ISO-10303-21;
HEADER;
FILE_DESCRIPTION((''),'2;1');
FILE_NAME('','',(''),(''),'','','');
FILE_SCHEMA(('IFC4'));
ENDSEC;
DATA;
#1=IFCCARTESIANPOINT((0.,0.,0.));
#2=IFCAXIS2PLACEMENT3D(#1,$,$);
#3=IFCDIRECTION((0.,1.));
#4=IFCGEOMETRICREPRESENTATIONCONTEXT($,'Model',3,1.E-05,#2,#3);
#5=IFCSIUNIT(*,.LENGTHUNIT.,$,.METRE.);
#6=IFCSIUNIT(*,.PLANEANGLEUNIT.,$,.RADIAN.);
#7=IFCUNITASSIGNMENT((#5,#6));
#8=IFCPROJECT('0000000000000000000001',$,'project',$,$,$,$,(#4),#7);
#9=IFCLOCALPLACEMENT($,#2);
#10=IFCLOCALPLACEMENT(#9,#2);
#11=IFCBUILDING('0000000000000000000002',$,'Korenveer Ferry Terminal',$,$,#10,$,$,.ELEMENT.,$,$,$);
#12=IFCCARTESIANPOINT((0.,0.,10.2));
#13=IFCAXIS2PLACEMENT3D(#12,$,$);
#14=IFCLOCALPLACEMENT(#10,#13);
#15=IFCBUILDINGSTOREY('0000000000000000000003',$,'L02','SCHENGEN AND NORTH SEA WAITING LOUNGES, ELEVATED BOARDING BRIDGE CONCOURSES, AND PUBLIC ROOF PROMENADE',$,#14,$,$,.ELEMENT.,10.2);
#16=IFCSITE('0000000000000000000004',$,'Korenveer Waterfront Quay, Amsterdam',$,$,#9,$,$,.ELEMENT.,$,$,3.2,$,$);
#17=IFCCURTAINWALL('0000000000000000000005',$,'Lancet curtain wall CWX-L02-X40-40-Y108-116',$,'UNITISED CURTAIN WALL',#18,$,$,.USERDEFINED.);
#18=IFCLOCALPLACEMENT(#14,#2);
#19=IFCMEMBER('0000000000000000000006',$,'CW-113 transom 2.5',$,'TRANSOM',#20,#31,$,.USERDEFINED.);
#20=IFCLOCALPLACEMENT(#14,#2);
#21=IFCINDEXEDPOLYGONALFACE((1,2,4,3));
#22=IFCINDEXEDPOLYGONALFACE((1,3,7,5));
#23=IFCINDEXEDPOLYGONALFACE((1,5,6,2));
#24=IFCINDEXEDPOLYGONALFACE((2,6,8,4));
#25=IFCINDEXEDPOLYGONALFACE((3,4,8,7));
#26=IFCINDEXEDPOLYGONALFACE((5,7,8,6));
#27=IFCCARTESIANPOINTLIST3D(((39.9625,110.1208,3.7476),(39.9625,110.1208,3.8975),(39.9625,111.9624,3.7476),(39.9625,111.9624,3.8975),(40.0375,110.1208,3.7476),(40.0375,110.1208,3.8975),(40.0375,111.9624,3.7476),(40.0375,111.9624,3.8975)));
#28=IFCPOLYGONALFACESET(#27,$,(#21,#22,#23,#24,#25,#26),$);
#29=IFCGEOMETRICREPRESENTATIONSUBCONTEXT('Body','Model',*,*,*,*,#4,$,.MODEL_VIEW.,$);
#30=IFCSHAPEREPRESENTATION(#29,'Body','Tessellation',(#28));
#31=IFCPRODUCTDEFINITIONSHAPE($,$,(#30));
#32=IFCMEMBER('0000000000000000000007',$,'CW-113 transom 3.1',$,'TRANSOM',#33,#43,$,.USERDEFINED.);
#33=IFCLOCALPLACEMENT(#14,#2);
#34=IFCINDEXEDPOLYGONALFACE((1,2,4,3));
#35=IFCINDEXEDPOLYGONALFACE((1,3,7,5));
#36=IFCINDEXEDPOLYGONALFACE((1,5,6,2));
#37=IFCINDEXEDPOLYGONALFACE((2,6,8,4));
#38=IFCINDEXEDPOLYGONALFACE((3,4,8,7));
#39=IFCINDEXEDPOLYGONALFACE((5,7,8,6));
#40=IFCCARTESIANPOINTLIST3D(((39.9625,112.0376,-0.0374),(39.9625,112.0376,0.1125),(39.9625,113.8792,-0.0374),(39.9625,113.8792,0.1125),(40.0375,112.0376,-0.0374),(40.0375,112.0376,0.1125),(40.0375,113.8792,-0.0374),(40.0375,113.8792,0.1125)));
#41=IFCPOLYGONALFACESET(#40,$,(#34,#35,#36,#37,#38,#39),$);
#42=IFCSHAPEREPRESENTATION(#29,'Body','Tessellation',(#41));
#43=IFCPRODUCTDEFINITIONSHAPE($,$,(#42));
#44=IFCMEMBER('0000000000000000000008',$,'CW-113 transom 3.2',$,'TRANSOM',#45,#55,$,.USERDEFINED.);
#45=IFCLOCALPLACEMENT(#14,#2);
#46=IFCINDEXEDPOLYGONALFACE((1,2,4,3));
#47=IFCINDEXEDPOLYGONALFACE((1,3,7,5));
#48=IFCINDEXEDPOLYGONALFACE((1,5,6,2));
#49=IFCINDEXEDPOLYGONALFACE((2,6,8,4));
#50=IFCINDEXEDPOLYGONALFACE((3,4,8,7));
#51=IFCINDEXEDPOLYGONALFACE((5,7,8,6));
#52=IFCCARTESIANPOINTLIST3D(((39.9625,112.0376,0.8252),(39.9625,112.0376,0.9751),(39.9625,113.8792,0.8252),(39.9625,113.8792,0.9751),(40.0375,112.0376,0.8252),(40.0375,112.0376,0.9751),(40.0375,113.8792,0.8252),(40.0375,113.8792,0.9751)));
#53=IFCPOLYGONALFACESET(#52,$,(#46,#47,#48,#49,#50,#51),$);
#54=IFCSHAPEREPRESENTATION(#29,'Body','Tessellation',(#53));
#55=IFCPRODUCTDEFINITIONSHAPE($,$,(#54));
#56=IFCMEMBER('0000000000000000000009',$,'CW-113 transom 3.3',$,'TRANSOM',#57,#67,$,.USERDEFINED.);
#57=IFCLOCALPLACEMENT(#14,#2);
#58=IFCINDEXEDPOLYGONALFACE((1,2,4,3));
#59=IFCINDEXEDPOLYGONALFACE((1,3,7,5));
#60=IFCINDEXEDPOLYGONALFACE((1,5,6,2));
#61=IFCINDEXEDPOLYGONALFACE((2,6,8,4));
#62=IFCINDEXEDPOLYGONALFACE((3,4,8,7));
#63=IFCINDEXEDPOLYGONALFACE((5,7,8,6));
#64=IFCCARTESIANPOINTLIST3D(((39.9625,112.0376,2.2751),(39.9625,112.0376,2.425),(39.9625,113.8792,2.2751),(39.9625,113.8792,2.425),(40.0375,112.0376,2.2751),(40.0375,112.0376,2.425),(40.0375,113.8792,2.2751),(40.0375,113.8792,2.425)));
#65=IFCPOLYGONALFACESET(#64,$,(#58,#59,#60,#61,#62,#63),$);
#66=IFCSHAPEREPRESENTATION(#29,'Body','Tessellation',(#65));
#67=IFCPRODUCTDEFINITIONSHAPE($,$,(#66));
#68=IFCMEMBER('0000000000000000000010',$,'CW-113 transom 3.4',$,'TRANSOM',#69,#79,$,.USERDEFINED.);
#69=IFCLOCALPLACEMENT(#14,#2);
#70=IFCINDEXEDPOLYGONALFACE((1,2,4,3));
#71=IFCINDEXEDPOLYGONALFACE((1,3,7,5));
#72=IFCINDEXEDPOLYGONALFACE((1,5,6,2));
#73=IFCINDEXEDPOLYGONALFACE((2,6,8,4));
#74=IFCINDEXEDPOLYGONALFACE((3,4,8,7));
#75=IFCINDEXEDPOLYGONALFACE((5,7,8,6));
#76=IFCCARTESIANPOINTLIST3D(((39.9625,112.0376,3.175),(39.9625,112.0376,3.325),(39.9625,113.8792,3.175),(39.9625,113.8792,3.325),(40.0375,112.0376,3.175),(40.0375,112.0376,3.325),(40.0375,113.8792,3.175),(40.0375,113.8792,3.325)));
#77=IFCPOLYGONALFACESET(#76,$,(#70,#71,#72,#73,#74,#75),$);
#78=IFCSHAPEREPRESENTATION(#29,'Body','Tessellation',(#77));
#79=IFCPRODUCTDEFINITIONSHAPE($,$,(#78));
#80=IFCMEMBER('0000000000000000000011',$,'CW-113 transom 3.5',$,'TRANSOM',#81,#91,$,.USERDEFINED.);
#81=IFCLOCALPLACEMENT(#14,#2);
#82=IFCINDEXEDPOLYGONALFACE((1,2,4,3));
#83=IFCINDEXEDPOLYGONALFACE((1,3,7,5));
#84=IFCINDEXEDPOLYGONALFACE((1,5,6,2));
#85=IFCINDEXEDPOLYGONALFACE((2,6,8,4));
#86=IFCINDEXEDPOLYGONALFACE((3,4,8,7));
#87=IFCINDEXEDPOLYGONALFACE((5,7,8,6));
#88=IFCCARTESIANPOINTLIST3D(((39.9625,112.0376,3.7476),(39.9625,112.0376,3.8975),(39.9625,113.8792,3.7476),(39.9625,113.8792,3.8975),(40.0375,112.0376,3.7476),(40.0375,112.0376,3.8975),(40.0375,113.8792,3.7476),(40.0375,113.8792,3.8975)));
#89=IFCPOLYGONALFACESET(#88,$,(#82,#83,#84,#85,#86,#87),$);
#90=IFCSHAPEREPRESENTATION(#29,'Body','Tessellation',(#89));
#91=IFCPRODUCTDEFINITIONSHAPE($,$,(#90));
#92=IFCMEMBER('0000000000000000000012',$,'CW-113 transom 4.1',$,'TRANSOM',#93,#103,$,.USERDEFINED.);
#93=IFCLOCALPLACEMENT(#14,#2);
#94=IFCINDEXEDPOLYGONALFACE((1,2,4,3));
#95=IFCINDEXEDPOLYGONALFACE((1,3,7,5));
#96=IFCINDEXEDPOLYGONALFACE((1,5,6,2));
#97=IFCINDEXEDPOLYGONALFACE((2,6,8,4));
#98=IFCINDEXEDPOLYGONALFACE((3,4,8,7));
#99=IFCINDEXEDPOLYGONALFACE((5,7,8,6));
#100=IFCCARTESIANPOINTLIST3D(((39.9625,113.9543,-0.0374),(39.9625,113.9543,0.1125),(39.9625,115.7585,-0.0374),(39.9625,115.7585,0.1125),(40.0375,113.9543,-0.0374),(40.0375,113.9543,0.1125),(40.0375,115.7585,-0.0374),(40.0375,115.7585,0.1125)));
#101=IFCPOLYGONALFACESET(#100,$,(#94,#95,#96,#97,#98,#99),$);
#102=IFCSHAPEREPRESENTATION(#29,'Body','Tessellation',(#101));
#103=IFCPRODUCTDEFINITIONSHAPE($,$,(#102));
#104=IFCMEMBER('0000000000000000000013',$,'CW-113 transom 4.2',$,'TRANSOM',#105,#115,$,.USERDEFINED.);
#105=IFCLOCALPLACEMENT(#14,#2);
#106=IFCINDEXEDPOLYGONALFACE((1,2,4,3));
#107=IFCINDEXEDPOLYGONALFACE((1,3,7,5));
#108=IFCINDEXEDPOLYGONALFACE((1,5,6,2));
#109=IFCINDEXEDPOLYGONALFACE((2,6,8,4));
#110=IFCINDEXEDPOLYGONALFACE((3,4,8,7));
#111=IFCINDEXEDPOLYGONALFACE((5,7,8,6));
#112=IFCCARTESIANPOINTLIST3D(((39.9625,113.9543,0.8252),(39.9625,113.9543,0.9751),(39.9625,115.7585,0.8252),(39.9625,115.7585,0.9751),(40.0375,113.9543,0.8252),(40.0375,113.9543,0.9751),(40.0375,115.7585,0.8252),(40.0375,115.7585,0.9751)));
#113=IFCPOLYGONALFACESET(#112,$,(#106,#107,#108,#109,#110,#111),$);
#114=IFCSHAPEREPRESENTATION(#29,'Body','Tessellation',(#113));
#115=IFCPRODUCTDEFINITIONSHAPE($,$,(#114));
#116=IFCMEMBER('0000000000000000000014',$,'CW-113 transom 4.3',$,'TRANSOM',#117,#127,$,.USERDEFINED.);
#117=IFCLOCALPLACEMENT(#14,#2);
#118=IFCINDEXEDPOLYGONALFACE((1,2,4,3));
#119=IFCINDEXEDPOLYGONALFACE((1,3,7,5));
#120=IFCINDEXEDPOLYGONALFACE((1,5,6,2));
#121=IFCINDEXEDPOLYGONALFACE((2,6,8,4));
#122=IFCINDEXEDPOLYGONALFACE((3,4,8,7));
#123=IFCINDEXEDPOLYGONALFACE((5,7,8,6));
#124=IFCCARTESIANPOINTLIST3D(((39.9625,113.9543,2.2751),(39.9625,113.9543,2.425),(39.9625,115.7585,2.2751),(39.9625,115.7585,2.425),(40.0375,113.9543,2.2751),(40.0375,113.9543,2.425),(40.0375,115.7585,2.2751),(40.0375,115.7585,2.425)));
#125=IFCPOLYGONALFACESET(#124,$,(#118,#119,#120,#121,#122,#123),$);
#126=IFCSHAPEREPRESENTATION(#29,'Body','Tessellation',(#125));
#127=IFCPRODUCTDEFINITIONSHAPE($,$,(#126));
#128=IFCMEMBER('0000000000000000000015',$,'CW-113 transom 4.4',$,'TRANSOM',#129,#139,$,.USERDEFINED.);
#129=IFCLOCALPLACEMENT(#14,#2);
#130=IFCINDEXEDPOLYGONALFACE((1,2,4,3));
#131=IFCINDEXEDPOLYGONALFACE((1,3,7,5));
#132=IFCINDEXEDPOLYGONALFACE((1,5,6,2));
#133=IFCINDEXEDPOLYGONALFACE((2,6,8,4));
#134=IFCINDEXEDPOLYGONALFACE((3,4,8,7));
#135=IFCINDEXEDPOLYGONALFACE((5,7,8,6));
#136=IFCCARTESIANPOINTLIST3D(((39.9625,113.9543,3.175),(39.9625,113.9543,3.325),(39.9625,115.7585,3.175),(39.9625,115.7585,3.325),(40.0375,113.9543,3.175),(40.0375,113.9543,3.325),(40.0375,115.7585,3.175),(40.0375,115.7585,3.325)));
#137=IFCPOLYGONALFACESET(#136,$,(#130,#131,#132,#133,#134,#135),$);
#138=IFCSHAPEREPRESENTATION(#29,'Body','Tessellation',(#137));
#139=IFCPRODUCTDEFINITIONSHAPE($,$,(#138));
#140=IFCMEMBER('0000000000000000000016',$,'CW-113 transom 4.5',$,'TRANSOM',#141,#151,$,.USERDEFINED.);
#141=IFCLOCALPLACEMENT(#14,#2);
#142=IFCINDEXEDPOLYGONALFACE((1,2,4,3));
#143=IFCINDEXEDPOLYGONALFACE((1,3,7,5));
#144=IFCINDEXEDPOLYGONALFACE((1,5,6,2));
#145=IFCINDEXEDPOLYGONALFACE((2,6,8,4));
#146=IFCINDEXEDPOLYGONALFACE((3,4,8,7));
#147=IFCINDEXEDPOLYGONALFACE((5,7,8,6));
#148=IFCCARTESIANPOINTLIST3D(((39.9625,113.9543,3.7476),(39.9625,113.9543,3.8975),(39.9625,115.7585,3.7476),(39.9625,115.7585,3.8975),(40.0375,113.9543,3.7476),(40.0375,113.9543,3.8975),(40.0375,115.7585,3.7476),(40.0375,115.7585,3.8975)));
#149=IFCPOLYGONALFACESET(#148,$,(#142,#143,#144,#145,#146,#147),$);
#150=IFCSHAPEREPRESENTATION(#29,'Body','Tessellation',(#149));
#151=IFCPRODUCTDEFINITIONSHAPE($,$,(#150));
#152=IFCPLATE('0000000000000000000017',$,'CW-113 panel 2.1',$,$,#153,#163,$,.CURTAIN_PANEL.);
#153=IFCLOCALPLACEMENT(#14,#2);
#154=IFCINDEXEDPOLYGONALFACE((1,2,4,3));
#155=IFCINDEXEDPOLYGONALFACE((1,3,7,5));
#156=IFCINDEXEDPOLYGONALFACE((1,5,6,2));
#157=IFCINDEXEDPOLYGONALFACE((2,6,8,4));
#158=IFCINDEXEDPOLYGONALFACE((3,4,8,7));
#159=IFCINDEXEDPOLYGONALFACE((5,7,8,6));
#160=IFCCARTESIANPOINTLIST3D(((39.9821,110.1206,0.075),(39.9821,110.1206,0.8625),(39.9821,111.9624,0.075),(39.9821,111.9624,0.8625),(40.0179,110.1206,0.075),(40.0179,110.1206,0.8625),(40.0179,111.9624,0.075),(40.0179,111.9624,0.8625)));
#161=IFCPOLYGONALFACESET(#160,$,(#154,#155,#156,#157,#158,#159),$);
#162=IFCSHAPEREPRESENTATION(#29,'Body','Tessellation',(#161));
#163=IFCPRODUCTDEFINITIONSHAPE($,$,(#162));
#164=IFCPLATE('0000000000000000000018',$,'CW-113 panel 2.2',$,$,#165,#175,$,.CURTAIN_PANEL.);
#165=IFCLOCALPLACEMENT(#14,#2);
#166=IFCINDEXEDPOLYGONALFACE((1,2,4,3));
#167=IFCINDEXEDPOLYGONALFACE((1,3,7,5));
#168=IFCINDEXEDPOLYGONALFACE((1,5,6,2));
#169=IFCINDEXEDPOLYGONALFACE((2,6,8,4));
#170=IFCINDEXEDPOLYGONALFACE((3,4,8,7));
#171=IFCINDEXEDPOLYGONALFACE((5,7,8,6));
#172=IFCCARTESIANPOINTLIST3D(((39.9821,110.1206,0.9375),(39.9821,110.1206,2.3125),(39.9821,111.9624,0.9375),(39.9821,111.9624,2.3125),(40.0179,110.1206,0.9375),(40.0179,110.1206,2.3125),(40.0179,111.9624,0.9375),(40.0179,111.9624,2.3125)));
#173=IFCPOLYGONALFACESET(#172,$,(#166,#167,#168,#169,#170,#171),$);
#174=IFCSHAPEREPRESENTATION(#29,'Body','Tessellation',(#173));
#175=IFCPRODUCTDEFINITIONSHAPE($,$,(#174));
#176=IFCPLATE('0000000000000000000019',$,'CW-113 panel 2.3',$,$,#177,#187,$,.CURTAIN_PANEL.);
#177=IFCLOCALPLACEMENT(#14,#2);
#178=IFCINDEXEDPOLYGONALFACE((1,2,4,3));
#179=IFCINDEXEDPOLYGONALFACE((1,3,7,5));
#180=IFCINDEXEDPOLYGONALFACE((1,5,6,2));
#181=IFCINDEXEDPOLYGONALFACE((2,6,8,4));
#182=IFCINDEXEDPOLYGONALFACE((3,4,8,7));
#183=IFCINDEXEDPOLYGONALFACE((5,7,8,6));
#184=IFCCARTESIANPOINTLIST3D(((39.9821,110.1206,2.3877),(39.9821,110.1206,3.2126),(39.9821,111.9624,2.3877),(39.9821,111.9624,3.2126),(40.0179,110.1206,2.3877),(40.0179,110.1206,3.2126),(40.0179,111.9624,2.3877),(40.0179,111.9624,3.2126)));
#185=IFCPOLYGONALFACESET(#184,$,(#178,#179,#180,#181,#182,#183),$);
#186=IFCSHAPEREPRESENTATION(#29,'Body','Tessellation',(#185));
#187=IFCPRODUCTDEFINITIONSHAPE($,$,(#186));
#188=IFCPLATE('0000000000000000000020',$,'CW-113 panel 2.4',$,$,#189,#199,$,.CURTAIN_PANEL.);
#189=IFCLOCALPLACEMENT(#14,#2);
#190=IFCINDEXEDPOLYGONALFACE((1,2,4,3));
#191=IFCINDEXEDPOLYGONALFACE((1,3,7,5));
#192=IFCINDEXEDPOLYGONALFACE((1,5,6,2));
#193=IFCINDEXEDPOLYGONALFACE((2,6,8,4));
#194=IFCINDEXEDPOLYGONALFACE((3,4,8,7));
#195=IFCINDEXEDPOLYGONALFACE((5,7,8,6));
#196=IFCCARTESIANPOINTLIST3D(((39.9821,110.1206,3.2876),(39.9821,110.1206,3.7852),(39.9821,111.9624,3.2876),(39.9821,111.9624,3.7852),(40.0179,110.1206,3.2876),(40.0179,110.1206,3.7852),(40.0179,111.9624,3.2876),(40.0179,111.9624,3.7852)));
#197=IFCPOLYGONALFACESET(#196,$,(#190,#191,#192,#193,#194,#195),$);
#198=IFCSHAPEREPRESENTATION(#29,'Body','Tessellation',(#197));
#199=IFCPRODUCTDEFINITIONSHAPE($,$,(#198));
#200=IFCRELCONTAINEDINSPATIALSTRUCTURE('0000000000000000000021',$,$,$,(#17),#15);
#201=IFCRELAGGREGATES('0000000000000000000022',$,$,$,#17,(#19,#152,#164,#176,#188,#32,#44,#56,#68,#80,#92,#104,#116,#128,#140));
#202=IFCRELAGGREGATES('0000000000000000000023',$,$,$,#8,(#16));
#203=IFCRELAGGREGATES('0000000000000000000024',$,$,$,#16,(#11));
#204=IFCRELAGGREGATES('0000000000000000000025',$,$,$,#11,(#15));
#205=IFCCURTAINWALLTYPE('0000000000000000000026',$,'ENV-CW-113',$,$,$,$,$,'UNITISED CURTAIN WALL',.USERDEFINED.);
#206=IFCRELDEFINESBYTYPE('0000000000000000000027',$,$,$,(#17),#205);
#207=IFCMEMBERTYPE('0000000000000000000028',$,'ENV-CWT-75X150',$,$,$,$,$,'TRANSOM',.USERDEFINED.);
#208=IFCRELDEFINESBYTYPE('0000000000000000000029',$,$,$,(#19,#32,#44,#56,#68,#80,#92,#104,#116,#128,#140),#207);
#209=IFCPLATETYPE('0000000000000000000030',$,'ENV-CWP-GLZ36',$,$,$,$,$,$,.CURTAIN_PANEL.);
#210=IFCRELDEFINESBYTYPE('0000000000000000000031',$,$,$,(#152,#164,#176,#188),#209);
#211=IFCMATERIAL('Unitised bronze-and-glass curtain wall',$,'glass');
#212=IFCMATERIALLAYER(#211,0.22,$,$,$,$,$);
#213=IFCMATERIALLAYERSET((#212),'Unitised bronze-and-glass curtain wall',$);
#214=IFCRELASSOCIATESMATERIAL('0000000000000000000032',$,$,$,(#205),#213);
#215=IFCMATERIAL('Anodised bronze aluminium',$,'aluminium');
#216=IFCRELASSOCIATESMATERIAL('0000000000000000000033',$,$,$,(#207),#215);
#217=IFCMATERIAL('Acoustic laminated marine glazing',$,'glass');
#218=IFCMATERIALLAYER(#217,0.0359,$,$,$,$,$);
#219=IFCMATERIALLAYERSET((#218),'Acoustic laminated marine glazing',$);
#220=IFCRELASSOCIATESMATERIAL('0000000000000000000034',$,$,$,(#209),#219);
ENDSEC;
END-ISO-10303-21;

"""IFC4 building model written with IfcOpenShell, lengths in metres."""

from ifc_helpers import new_model, si_unit, direction, frame, origin, origin_2d, place, context, subcontext, project, spatial, rectangle, extrude, material, layer, layer_set, material_profile, profile_set, type_object, element, aggregate, save


model = new_model("IFC4")

# Units and contexts
model_context = context("Model", 3, precision=1e-05, world=origin(), true_north=direction((0.0, 1.0)))
body_context = subcontext(model_context, "Body", "Model", "MODEL_VIEW")
ifc_project = project(units=[si_unit("LENGTHUNIT", "METRE"), si_unit("PLANEANGLEUNIT", "RADIAN")], contexts=[model_context])

# Site, building, storey
site_placement = place(None, origin())
site = spatial("IfcSite", under=ifc_project, at=site_placement, Name="Korenveer Waterfront Quay, Amsterdam", CompositionType="ELEMENT", RefElevation=3.2)
building_placement = place(site_placement, origin())
building = spatial("IfcBuilding", under=site, at=building_placement, Name="Korenveer Ferry Terminal", CompositionType="ELEMENT")
storey_placement = place(building_placement, frame((0.0, 0.0, 10.2)))
storey = spatial("IfcBuildingStorey", under=building, at=storey_placement, Name="L02", Description="SCHENGEN AND NORTH SEA WAITING LOUNGES, ELEVATED BOARDING BRIDGE CONCOURSES, AND PUBLIC ROOF PROMENADE", CompositionType="ELEMENT", Elevation=10.2)

# Shared definitions
ifc_material_1 = material(Name="Unitised bronze-and-glass curtain wall", Category="glass")
ifc_material_2 = material(Name="Anodised bronze aluminium", Category="aluminium")

# Curtain wall
ifc_layer_1 = layer(ifc_material_1, 0.22)
ifc_layer_set_1 = layer_set([ifc_layer_1], Name="Unitised bronze-and-glass curtain wall")
curtain_wall_type_1 = type_object("IfcCurtainWallType", Name="ENV-CW-113", ElementType="UNITISED CURTAIN WALL", PredefinedType="USERDEFINED", material=ifc_layer_set_1)
curtain_wall_1_placement = place(storey_placement, frame((40.0, 108.1665, 0.0)))
curtain_wall_1 = element("IfcCurtainWall", 1, at=curtain_wall_1_placement, inside=storey, type_object=curtain_wall_type_1, Name="Lancet curtain wall CWX-L02-X40-40-Y108-116", ObjectType="UNITISED CURTAIN WALL", PredefinedType="USERDEFINED")

# Members
ifc_material_profile_1 = material_profile(ifc_material_2, rectangle(XDim=0.075, YDim=0.1499, at=origin_2d()), Name="ALU 75x150")
ifc_profile_set_1 = profile_set([ifc_material_profile_1], Name="Anodised bronze aluminium")
member_type_1 = type_object("IfcMemberType", Name="ENV-CWT-75X150", ElementType="TRANSOM", PredefinedType="USERDEFINED", material=ifc_profile_set_1)
member_1_placement = place(storey_placement, frame((40.0, 110.1208, 3.8225), z_axis=(0.0, 1.0, 0.0), x_axis=(-1.0, 0.0, 0.0)))
member_1 = element("IfcMember", 2, at=member_1_placement, type_object=member_type_1, Name="CW-113 transom 2.5", ObjectType="TRANSOM", PredefinedType="USERDEFINED", context=body_context, shape_type="SweptSolid", body=[
    extrude(rectangle(XDim=0.075, YDim=0.1499, at=origin_2d()), origin(), (0.0, 0.0, 1.0), 1.8416),
])
member_2_placement = place(storey_placement, frame((40.0, 112.0376, 0.0376), z_axis=(0.0, 1.0, 0.0), x_axis=(-1.0, 0.0, 0.0)))
member_2 = element("IfcMember", 3, at=member_2_placement, type_object=member_type_1, Name="CW-113 transom 3.1", ObjectType="TRANSOM", PredefinedType="USERDEFINED", context=body_context, shape_type="SweptSolid", body=[
    extrude(rectangle(XDim=0.075, YDim=0.1499, at=origin_2d()), origin(), (0.0, 0.0, 1.0), 1.8416),
])
member_3_placement = place(storey_placement, frame((40.0, 112.0376, 0.9001), z_axis=(0.0, 1.0, 0.0), x_axis=(-1.0, 0.0, 0.0)))
member_3 = element("IfcMember", 4, at=member_3_placement, type_object=member_type_1, Name="CW-113 transom 3.2", ObjectType="TRANSOM", PredefinedType="USERDEFINED", context=body_context, shape_type="SweptSolid", body=[
    extrude(rectangle(XDim=0.075, YDim=0.1499, at=origin_2d()), origin(), (0.0, 0.0, 1.0), 1.8416),
])
member_4_placement = place(storey_placement, frame((40.0, 112.0376, 2.3501), z_axis=(0.0, 1.0, 0.0), x_axis=(-1.0, 0.0, 0.0)))
member_4 = element("IfcMember", 5, at=member_4_placement, type_object=member_type_1, Name="CW-113 transom 3.3", ObjectType="TRANSOM", PredefinedType="USERDEFINED", context=body_context, shape_type="SweptSolid", body=[
    extrude(rectangle(XDim=0.075, YDim=0.1499, at=origin_2d()), origin(), (0.0, 0.0, 1.0), 1.8416),
])
member_5_placement = place(storey_placement, frame((40.0, 112.0376, 3.25), z_axis=(0.0, 1.0, 0.0), x_axis=(-1.0, 0.0, 0.0)))
member_5 = element("IfcMember", 6, at=member_5_placement, type_object=member_type_1, Name="CW-113 transom 3.4", ObjectType="TRANSOM", PredefinedType="USERDEFINED", context=body_context, shape_type="SweptSolid", body=[
    extrude(rectangle(XDim=0.075, YDim=0.1499, at=origin_2d()), origin(), (0.0, 0.0, 1.0), 1.8416),
])
member_6_placement = place(storey_placement, frame((40.0, 112.0376, 3.8225), z_axis=(0.0, 1.0, 0.0), x_axis=(-1.0, 0.0, 0.0)))
member_6 = element("IfcMember", 7, at=member_6_placement, type_object=member_type_1, Name="CW-113 transom 3.5", ObjectType="TRANSOM", PredefinedType="USERDEFINED", context=body_context, shape_type="SweptSolid", body=[
    extrude(rectangle(XDim=0.075, YDim=0.1499, at=origin_2d()), origin(), (0.0, 0.0, 1.0), 1.8416),
])
member_7_placement = place(storey_placement, frame((40.0, 113.9543, 0.0376), z_axis=(0.0, 1.0, 0.0), x_axis=(-1.0, 0.0, 0.0)))
member_7 = element("IfcMember", 8, at=member_7_placement, type_object=member_type_1, Name="CW-113 transom 4.1", ObjectType="TRANSOM", PredefinedType="USERDEFINED", context=body_context, shape_type="SweptSolid", body=[
    extrude(rectangle(XDim=0.075, YDim=0.1499, at=origin_2d()), origin(), (0.0, 0.0, 1.0), 1.8042),
])
member_8_placement = place(storey_placement, frame((40.0, 113.9543, 0.9001), z_axis=(0.0, 1.0, 0.0), x_axis=(-1.0, 0.0, 0.0)))
member_8 = element("IfcMember", 9, at=member_8_placement, type_object=member_type_1, Name="CW-113 transom 4.2", ObjectType="TRANSOM", PredefinedType="USERDEFINED", context=body_context, shape_type="SweptSolid", body=[
    extrude(rectangle(XDim=0.075, YDim=0.1499, at=origin_2d()), origin(), (0.0, 0.0, 1.0), 1.8042),
])
member_9_placement = place(storey_placement, frame((40.0, 113.9543, 2.3501), z_axis=(0.0, 1.0, 0.0), x_axis=(-1.0, 0.0, 0.0)))
member_9 = element("IfcMember", 10, at=member_9_placement, type_object=member_type_1, Name="CW-113 transom 4.3", ObjectType="TRANSOM", PredefinedType="USERDEFINED", context=body_context, shape_type="SweptSolid", body=[
    extrude(rectangle(XDim=0.075, YDim=0.1499, at=origin_2d()), origin(), (0.0, 0.0, 1.0), 1.8042),
])
member_10_placement = place(storey_placement, frame((40.0, 113.9543, 3.25), z_axis=(0.0, 1.0, 0.0), x_axis=(-1.0, 0.0, 0.0)))
member_10 = element("IfcMember", 11, at=member_10_placement, type_object=member_type_1, Name="CW-113 transom 4.4", ObjectType="TRANSOM", PredefinedType="USERDEFINED", context=body_context, shape_type="SweptSolid", body=[
    extrude(rectangle(XDim=0.075, YDim=0.1499, at=origin_2d()), origin(), (0.0, 0.0, 1.0), 1.8042),
])
member_11_placement = place(storey_placement, frame((40.0, 113.9543, 3.8225), z_axis=(0.0, 1.0, 0.0), x_axis=(-1.0, 0.0, 0.0)))
member_11 = element("IfcMember", 12, at=member_11_placement, type_object=member_type_1, Name="CW-113 transom 4.5", ObjectType="TRANSOM", PredefinedType="USERDEFINED", context=body_context, shape_type="SweptSolid", body=[
    extrude(rectangle(XDim=0.075, YDim=0.1499, at=origin_2d()), origin(), (0.0, 0.0, 1.0), 1.8042),
])

# Plates
ifc_material_3 = material(Name="Acoustic laminated marine glazing", Category="glass")
ifc_layer_2 = layer(ifc_material_3, 0.0359)
ifc_layer_set_2 = layer_set([ifc_layer_2], Name="Acoustic laminated marine glazing")
plate_type_1 = type_object("IfcPlateType", Name="ENV-CWP-GLZ36", PredefinedType="CURTAIN_PANEL", material=ifc_layer_set_2)
plate_1_placement = place(storey_placement, frame((40.0, 111.0415, 0.075), z_axis=(0.0, 0.0, 1.0), x_axis=(0.0, 1.0, 0.0)))
plate_1 = element("IfcPlate", 13, at=plate_1_placement, type_object=plate_type_1, Name="CW-113 panel 2.1", PredefinedType="CURTAIN_PANEL", context=body_context, shape_type="SweptSolid", body=[
    extrude(rectangle(XDim=1.8418, YDim=0.0359, at=origin_2d()), origin(), (0.0, 0.0, 1.0), 0.7876),
])
plate_2_placement = place(storey_placement, frame((40.0, 111.0415, 0.9375), z_axis=(0.0, 0.0, 1.0), x_axis=(0.0, 1.0, 0.0)))
plate_2 = element("IfcPlate", 14, at=plate_2_placement, type_object=plate_type_1, Name="CW-113 panel 2.2", PredefinedType="CURTAIN_PANEL", context=body_context, shape_type="SweptSolid", body=[
    extrude(rectangle(XDim=1.8418, YDim=0.0359, at=origin_2d()), origin(), (0.0, 0.0, 1.0), 1.375),
])
plate_3_placement = place(storey_placement, frame((40.0, 111.0415, 2.3877), z_axis=(0.0, 0.0, 1.0), x_axis=(0.0, 1.0, 0.0)))
plate_3 = element("IfcPlate", 15, at=plate_3_placement, type_object=plate_type_1, Name="CW-113 panel 2.3", PredefinedType="CURTAIN_PANEL", context=body_context, shape_type="SweptSolid", body=[
    extrude(rectangle(XDim=1.8418, YDim=0.0359, at=origin_2d()), origin(), (0.0, 0.0, 1.0), 0.825),
])
plate_4_placement = place(storey_placement, frame((40.0, 111.0415, 3.2876), z_axis=(0.0, 0.0, 1.0), x_axis=(0.0, 1.0, 0.0)))
plate_4 = element("IfcPlate", 16, at=plate_4_placement, type_object=plate_type_1, Name="CW-113 panel 2.4", PredefinedType="CURTAIN_PANEL", context=body_context, shape_type="SweptSolid", body=[
    extrude(rectangle(XDim=1.8418, YDim=0.0359, at=origin_2d()), origin(), (0.0, 0.0, 1.0), 0.4976),
])
aggregate(curtain_wall_1, [member_1, plate_1, plate_2, plate_3, plate_4, member_2, member_3, member_4, member_5, member_6, member_7, member_8, member_9, member_10, member_11])

save(model, "model.ifc")
